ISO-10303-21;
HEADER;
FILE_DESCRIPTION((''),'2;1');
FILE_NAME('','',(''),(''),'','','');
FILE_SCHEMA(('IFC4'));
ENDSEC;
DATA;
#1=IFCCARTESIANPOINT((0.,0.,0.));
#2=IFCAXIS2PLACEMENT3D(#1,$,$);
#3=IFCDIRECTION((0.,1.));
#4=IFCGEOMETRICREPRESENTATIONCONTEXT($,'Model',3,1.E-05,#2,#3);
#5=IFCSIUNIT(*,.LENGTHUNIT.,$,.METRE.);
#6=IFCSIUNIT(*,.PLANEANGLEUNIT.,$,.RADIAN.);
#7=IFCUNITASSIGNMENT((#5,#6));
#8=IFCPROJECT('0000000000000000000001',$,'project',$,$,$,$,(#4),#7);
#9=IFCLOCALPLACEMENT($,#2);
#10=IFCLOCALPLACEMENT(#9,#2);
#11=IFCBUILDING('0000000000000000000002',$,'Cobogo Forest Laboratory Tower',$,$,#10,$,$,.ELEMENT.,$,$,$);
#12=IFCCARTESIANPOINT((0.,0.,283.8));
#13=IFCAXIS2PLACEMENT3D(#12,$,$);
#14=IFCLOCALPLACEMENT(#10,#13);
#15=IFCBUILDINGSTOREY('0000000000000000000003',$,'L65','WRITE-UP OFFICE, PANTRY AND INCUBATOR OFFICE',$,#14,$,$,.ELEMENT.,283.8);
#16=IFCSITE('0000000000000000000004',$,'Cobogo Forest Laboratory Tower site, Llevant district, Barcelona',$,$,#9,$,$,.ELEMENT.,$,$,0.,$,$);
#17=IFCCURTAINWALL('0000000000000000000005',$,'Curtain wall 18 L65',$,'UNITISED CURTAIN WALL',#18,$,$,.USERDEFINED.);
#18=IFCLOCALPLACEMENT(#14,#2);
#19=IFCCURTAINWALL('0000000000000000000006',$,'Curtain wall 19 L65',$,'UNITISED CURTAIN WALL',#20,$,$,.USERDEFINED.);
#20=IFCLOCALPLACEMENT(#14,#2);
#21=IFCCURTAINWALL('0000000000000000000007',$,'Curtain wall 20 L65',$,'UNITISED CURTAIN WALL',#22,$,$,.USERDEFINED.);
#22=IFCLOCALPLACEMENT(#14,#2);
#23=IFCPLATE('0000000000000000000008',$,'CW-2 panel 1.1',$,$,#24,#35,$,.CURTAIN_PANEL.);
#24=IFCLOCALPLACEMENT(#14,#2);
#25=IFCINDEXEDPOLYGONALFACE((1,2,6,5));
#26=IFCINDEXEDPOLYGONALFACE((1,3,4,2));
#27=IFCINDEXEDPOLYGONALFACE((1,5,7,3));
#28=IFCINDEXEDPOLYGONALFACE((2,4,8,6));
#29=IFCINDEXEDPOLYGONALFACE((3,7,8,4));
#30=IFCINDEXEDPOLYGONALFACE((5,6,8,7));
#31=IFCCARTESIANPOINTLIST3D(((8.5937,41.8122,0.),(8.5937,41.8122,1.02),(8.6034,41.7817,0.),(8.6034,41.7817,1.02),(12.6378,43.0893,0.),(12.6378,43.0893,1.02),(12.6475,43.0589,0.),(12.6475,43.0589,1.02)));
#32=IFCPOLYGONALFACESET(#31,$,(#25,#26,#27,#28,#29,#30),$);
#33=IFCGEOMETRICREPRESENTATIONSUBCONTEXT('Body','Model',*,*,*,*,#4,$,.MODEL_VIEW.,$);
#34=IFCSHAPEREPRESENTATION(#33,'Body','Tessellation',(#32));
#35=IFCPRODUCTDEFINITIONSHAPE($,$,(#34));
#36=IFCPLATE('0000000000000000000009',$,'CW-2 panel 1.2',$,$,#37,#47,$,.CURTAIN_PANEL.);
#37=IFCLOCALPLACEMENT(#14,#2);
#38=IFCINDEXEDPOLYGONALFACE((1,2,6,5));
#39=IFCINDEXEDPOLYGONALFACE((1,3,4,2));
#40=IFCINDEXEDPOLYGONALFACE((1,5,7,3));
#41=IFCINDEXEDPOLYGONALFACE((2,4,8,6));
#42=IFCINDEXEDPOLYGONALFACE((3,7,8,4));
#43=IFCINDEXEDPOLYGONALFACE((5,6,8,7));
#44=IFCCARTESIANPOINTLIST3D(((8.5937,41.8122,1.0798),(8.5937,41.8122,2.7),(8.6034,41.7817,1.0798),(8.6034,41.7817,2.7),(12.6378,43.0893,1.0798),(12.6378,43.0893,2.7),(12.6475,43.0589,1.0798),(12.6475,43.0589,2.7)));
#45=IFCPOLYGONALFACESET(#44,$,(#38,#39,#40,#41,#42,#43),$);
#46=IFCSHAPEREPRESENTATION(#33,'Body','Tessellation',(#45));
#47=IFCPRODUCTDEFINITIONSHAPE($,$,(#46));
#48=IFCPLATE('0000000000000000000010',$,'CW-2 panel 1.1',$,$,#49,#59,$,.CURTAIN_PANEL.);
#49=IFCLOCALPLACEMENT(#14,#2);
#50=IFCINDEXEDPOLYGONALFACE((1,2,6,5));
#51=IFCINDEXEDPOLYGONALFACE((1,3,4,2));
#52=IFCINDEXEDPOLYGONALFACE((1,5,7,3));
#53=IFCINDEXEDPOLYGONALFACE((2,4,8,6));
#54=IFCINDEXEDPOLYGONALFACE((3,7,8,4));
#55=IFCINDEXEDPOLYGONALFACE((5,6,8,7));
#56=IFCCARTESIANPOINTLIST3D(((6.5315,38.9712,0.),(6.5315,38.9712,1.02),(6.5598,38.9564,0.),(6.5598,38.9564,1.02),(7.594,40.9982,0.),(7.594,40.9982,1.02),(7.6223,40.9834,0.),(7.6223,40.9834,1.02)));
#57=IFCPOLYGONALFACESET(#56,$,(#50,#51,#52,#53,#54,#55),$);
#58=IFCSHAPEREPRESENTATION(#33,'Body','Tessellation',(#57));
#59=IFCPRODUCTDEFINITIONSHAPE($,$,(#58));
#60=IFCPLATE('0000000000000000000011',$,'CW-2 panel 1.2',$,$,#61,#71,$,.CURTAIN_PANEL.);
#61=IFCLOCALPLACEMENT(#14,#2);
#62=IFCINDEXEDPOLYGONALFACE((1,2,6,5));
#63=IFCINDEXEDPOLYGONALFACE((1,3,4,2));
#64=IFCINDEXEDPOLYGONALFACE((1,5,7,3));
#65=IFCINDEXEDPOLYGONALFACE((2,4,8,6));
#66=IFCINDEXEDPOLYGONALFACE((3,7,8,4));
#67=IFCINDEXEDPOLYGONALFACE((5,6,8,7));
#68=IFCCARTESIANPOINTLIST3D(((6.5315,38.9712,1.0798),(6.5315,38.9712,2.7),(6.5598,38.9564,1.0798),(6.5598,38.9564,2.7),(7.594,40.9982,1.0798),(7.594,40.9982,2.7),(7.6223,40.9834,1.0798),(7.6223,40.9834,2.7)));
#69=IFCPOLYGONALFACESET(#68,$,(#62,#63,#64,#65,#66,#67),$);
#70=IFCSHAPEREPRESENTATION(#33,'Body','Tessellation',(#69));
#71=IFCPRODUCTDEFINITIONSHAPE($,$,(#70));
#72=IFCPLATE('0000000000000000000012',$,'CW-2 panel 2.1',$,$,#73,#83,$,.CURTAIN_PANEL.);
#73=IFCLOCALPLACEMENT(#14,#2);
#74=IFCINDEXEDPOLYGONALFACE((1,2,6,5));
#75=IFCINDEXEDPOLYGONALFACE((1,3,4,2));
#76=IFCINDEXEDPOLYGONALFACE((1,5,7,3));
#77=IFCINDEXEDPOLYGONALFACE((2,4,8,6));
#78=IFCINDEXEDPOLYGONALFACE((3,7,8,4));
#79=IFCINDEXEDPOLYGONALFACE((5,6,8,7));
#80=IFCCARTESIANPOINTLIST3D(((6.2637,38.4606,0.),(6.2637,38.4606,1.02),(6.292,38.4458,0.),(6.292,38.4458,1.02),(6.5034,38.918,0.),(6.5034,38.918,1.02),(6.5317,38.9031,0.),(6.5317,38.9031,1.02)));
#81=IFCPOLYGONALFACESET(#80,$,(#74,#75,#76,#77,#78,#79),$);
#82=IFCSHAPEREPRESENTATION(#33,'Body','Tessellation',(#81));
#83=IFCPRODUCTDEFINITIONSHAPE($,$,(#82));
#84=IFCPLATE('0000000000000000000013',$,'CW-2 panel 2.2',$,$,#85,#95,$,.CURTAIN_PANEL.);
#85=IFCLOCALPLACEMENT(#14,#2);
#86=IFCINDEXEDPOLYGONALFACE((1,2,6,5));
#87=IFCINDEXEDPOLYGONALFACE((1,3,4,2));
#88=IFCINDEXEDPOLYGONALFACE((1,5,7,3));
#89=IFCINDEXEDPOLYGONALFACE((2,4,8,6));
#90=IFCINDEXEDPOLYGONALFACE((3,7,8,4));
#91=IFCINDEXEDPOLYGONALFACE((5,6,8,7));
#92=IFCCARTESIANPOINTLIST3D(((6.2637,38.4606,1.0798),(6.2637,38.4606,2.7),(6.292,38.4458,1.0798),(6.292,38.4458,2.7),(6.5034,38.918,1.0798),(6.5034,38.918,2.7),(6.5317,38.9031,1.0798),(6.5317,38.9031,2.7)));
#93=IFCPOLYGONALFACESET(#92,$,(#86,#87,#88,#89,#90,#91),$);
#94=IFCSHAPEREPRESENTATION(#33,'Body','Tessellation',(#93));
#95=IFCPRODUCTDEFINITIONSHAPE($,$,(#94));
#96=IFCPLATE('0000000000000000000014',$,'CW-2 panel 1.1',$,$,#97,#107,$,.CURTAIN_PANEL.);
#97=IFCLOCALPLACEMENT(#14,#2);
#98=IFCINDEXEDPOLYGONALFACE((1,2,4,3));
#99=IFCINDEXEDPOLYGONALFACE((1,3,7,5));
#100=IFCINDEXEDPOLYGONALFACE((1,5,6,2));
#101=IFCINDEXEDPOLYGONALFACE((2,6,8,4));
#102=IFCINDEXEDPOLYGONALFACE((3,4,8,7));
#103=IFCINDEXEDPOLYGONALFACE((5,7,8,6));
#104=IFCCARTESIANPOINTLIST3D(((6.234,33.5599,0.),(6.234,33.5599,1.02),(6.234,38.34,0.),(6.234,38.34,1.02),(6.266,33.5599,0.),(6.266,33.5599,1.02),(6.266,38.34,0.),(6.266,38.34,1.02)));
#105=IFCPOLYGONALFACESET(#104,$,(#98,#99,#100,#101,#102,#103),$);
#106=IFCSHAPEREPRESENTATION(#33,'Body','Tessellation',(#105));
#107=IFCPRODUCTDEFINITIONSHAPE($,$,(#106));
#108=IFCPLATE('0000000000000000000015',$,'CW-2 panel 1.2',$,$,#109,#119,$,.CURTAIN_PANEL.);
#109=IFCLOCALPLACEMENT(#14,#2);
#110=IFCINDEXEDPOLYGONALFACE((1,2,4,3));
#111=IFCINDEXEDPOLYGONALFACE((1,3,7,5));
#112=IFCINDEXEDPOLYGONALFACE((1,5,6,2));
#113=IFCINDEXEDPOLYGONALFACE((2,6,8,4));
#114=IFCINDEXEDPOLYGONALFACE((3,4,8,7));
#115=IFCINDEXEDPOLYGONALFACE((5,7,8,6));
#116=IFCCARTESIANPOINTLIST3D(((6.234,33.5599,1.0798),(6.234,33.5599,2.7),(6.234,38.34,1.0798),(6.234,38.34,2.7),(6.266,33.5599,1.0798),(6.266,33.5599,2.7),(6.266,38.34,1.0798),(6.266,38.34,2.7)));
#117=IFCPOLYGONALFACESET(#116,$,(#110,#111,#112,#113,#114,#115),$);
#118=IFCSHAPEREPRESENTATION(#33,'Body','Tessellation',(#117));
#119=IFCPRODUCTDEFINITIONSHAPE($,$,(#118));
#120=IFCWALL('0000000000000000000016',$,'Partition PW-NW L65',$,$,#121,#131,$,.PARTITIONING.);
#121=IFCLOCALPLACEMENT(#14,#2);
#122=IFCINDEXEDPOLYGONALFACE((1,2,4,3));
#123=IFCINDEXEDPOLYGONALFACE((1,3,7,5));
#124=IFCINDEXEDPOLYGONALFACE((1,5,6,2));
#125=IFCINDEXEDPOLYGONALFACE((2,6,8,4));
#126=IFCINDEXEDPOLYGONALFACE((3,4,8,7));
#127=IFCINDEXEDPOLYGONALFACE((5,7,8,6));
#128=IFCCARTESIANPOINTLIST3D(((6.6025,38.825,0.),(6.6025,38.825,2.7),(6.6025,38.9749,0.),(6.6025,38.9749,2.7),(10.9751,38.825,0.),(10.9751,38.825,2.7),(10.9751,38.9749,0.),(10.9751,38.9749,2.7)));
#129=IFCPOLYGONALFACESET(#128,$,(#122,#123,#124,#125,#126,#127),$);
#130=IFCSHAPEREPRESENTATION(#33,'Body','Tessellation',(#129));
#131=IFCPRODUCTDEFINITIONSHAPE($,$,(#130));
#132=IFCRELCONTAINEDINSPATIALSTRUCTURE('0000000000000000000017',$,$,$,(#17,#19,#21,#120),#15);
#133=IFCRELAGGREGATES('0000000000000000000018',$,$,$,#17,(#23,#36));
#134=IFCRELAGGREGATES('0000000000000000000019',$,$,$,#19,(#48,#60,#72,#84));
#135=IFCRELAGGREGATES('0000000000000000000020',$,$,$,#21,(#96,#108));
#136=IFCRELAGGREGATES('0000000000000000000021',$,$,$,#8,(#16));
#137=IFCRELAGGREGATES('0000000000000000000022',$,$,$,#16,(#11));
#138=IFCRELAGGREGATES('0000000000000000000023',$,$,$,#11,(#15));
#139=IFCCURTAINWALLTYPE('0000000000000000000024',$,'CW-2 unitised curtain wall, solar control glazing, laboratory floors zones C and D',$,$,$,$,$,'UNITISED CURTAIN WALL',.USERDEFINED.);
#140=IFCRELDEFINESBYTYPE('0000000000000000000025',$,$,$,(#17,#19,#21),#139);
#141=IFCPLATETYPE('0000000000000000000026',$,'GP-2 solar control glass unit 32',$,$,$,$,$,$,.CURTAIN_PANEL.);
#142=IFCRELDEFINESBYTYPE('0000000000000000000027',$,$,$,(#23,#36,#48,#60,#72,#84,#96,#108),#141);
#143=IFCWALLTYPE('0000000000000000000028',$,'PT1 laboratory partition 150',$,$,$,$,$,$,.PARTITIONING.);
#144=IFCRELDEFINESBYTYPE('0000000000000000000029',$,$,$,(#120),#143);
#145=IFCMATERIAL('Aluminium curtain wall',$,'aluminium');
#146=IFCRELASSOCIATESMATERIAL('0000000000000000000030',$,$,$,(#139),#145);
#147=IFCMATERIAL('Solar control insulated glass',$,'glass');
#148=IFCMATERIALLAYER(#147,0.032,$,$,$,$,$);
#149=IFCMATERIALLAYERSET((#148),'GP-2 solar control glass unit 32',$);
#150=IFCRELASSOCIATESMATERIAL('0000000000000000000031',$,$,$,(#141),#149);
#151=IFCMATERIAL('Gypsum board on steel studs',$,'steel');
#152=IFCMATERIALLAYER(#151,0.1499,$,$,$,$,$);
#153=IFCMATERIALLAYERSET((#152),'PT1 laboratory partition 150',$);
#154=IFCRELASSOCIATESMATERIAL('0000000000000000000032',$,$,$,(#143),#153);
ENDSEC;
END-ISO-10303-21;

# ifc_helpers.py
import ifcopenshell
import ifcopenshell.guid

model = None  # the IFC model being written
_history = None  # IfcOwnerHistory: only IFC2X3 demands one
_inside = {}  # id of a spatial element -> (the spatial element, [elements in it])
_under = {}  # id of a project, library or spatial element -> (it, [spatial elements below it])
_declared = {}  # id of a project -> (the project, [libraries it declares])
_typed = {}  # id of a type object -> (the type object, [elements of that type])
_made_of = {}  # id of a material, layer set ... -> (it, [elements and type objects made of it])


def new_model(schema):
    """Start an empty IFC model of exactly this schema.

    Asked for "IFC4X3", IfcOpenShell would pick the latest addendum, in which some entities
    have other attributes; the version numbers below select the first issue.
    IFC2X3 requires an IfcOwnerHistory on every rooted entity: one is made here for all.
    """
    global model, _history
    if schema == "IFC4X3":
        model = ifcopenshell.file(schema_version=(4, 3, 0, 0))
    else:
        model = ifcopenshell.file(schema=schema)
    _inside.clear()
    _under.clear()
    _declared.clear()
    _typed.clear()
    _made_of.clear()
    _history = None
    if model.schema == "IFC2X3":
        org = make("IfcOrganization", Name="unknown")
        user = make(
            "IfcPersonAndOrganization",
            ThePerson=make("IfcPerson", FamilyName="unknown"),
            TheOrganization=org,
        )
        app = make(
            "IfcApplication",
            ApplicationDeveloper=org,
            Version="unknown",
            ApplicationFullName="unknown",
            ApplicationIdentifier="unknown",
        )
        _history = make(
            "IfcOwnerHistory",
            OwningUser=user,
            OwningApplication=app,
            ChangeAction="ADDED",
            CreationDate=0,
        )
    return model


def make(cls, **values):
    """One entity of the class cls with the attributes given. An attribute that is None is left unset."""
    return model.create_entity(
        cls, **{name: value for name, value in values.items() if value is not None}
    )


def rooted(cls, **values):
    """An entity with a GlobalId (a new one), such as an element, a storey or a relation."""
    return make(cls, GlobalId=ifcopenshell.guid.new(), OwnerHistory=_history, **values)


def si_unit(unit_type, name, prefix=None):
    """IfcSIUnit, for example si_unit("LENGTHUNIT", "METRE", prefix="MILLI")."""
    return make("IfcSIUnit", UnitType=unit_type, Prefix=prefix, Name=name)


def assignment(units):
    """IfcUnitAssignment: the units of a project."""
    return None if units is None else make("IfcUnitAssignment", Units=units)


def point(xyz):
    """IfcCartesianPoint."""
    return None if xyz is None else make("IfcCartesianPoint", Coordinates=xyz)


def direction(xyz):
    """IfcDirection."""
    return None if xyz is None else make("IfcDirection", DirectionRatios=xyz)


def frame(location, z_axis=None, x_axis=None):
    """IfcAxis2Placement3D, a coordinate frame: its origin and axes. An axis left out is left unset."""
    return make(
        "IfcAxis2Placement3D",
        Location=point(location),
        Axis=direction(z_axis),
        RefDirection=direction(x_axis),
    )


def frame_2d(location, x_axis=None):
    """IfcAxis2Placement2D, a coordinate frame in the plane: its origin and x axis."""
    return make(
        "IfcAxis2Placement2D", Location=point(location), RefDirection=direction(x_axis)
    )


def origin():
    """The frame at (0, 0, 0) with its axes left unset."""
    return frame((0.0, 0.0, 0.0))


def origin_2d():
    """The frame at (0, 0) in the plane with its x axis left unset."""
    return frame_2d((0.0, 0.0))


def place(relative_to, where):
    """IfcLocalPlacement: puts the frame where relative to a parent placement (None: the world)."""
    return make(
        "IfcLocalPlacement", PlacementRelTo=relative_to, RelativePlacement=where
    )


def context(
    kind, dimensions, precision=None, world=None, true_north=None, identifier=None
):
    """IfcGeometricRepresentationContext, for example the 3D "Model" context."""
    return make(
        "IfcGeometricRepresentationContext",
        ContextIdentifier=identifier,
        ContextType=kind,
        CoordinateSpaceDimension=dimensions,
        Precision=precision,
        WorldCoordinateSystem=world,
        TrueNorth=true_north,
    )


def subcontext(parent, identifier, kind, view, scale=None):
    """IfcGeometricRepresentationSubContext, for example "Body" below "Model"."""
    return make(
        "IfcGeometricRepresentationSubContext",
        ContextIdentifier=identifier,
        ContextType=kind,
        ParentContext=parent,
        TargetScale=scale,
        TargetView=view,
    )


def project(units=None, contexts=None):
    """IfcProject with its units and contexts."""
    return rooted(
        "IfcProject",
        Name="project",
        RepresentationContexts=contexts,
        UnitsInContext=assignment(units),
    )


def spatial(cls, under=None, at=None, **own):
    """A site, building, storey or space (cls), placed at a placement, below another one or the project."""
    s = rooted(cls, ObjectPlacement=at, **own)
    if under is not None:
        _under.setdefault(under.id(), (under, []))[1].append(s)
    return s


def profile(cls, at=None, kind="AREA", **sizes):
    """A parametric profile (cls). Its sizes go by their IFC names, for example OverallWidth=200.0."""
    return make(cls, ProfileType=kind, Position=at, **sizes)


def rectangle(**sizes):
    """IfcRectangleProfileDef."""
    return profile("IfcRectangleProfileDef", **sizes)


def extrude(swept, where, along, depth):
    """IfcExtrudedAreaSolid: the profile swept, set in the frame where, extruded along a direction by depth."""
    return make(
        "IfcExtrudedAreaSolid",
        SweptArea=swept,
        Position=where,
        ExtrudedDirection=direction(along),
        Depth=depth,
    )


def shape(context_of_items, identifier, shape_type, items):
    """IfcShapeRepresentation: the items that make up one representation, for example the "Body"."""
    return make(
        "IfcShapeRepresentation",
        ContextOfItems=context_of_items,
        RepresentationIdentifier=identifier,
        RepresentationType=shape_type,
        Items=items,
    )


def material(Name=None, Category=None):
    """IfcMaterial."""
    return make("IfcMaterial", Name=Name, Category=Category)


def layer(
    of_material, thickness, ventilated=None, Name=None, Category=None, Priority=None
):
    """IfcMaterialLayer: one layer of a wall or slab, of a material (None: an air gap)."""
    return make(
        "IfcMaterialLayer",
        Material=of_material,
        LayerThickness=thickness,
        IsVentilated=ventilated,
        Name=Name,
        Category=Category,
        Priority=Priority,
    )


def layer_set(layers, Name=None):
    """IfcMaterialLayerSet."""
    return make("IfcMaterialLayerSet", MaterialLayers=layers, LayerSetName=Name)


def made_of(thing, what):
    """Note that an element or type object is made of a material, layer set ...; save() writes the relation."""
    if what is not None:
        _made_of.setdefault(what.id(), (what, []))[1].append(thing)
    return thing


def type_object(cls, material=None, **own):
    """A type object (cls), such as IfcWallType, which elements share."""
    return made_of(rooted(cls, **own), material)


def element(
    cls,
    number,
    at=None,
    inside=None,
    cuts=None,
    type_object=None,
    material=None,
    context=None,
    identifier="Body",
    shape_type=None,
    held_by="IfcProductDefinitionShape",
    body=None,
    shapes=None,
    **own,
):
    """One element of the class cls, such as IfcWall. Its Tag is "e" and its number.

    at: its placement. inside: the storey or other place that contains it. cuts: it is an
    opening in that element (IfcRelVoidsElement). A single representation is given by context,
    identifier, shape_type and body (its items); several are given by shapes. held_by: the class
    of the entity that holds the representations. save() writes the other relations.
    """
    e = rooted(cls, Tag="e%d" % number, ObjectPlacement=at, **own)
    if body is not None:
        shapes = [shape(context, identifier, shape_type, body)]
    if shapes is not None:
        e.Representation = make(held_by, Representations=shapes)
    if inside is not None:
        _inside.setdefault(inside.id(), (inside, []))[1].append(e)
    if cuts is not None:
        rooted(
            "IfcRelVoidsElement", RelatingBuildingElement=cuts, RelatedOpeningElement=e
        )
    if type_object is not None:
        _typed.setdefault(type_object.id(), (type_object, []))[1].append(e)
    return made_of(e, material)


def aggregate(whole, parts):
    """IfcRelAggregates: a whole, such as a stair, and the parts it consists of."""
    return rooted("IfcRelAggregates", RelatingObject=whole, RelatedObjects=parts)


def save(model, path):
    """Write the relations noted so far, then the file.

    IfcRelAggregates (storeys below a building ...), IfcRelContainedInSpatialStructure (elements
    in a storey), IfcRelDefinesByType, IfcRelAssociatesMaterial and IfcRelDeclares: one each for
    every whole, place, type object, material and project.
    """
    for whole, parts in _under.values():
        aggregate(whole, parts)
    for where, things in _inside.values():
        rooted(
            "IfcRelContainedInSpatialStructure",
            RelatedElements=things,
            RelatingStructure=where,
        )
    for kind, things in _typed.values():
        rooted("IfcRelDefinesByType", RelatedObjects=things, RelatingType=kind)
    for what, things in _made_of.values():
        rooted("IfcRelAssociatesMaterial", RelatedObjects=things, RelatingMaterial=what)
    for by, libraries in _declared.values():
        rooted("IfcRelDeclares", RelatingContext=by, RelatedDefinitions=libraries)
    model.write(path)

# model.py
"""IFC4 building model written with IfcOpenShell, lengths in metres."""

from ifc_helpers import new_model, si_unit, direction, frame, frame_2d, origin, origin_2d, place, context, subcontext, project, spatial, rectangle, extrude, material, layer, layer_set, type_object, element, aggregate, save


model = new_model("IFC4")

# Units and contexts
model_context = context("Model", 3, precision=1e-05, world=origin(), true_north=direction((0.0, 1.0)))
body_context = subcontext(model_context, "Body", "Model", "MODEL_VIEW")
ifc_project = project(units=[si_unit("LENGTHUNIT", "METRE"), si_unit("PLANEANGLEUNIT", "RADIAN")], contexts=[model_context])

# Site, building, storey
site_placement = place(None, origin())
site = spatial("IfcSite", under=ifc_project, at=site_placement, Name="Cobogo Forest Laboratory Tower site, Llevant district, Barcelona", CompositionType="ELEMENT", RefElevation=0.0)
building_placement = place(site_placement, origin())
building = spatial("IfcBuilding", under=site, at=building_placement, Name="Cobogo Forest Laboratory Tower", CompositionType="ELEMENT")
storey_placement = place(building_placement, frame((0.0, 0.0, 283.8)))
storey = spatial("IfcBuildingStorey", under=building, at=storey_placement, Name="L65", Description="WRITE-UP OFFICE, PANTRY AND INCUBATOR OFFICE", CompositionType="ELEMENT", Elevation=283.8)

# Curtain wall
ifc_material_1 = material(Name="Aluminium curtain wall", Category="aluminium")
curtain_wall_type = type_object("IfcCurtainWallType", Name="CW-2 unitised curtain wall, solar control glazing, laboratory floors zones C and D", ElementType="UNITISED CURTAIN WALL", PredefinedType="USERDEFINED", material=ifc_material_1)
curtain_wall_1_placement = place(storey_placement, origin())
curtain_wall_1 = element("IfcCurtainWall", 1, at=curtain_wall_1_placement, inside=storey, type_object=curtain_wall_type, Name="Curtain wall 18 L65", ObjectType="UNITISED CURTAIN WALL", PredefinedType="USERDEFINED")

# Curtain walls
curtain_wall_2_placement = place(storey_placement, origin())
curtain_wall_2 = element("IfcCurtainWall", 2, at=curtain_wall_2_placement, inside=storey, type_object=curtain_wall_type, Name="Curtain wall 19 L65", ObjectType="UNITISED CURTAIN WALL", PredefinedType="USERDEFINED")
curtain_wall_3_placement = place(storey_placement, origin())
curtain_wall_3 = element("IfcCurtainWall", 3, at=curtain_wall_3_placement, inside=storey, type_object=curtain_wall_type, Name="Curtain wall 20 L65", ObjectType="UNITISED CURTAIN WALL", PredefinedType="USERDEFINED")

# Plates
ifc_material_2 = material(Name="Solar control insulated glass", Category="glass")
ifc_layer_1 = layer(ifc_material_2, 0.032)
ifc_layer_set_1 = layer_set([ifc_layer_1], Name="GP-2 solar control glass unit 32")
plate_type = type_object("IfcPlateType", Name="GP-2 solar control glass unit 32", PredefinedType="CURTAIN_PANEL", material=ifc_layer_set_1)
plate_1_placement = place(storey_placement, frame((10.6206, 42.4355, 0.0), z_axis=(0.0, 0.0, 1.0), x_axis=(-0.953581, -0.301135, 0.0)))
plate_1 = element("IfcPlate", 4, at=plate_1_placement, type_object=plate_type, Name="CW-2 panel 1.1", PredefinedType="CURTAIN_PANEL", context=body_context, shape_type="SweptSolid", body=[
    extrude(rectangle(XDim=4.241, YDim=0.032, at=origin_2d()), origin(), (0.0, 0.0, 1.0), 1.02),
])
plate_2_placement = place(storey_placement, frame((10.6206, 42.4355, 1.0798), z_axis=(0.0, 0.0, 1.0), x_axis=(-0.953581, -0.301135, 0.0)))
plate_2 = element("IfcPlate", 5, at=plate_2_placement, type_object=plate_type, Name="CW-2 panel 1.2", PredefinedType="CURTAIN_PANEL", context=body_context, shape_type="SweptSolid", body=[
    extrude(rectangle(XDim=4.241, YDim=0.032, at=origin_2d()), origin(), (0.0, 0.0, 1.0), 1.6201),
])
aggregate(curtain_wall_1, [plate_1, plate_2])
plate_3_placement = place(storey_placement, frame((7.0769, 39.9773, 0.0), z_axis=(0.0, 0.0, 1.0), x_axis=(-0.464284, -0.885686, 0.0)))
plate_3 = element("IfcPlate", 6, at=plate_3_placement, type_object=plate_type, Name="CW-2 panel 1.1", PredefinedType="CURTAIN_PANEL", context=body_context, shape_type="SweptSolid", body=[
    extrude(rectangle(XDim=2.2886, YDim=0.032, at=origin_2d()), origin(), (0.0, 0.0, 1.0), 1.02),
])
plate_4_placement = place(storey_placement, frame((7.0769, 39.9773, 1.0798), z_axis=(0.0, 0.0, 1.0), x_axis=(-0.464284, -0.885686, 0.0)))
plate_4 = element("IfcPlate", 7, at=plate_4_placement, type_object=plate_type, Name="CW-2 panel 1.2", PredefinedType="CURTAIN_PANEL", context=body_context, shape_type="SweptSolid", body=[
    extrude(rectangle(XDim=2.2886, YDim=0.032, at=origin_2d()), origin(), (0.0, 0.0, 1.0), 1.6201),
])
plate_5_placement = place(storey_placement, frame((6.3977, 38.6819, 0.0), z_axis=(0.0, 0.0, 1.0), x_axis=(-0.464284, -0.885686, 0.0)))
plate_5 = element("IfcPlate", 8, at=plate_5_placement, type_object=plate_type, Name="CW-2 panel 2.1", PredefinedType="CURTAIN_PANEL", context=body_context, shape_type="SweptSolid", body=[
    extrude(rectangle(XDim=0.5164, YDim=0.032, at=origin_2d()), origin(), (0.0, 0.0, 1.0), 1.02),
])
plate_6_placement = place(storey_placement, frame((6.3977, 38.6819, 1.0798), z_axis=(0.0, 0.0, 1.0), x_axis=(-0.464284, -0.885686, 0.0)))
plate_6 = element("IfcPlate", 9, at=plate_6_placement, type_object=plate_type, Name="CW-2 panel 2.2", PredefinedType="CURTAIN_PANEL", context=body_context, shape_type="SweptSolid", body=[
    extrude(rectangle(XDim=0.5164, YDim=0.032, at=origin_2d()), origin(), (0.0, 0.0, 1.0), 1.6201),
])
aggregate(curtain_wall_2, [plate_3, plate_4, plate_5, plate_6])
plate_7_placement = place(storey_placement, frame((6.25, 35.95, 0.0), z_axis=(0.0, 0.0, 1.0), x_axis=(0.0, -1.0, 0.0)))
plate_7 = element("IfcPlate", 10, at=plate_7_placement, type_object=plate_type, Name="CW-2 panel 1.1", PredefinedType="CURTAIN_PANEL", context=body_context, shape_type="SweptSolid", body=[
    extrude(rectangle(XDim=4.78, YDim=0.032, at=origin_2d()), origin(), (0.0, 0.0, 1.0), 1.02),
])
plate_8_placement = place(storey_placement, frame((6.25, 35.95, 1.0798), z_axis=(0.0, 0.0, 1.0), x_axis=(0.0, -1.0, 0.0)))
plate_8 = element("IfcPlate", 11, at=plate_8_placement, type_object=plate_type, Name="CW-2 panel 1.2", PredefinedType="CURTAIN_PANEL", context=body_context, shape_type="SweptSolid", body=[
    extrude(rectangle(XDim=4.78, YDim=0.032, at=origin_2d()), origin(), (0.0, 0.0, 1.0), 1.6201),
])
aggregate(curtain_wall_3, [plate_7, plate_8])

# Wall
ifc_material_3 = material(Name="Gypsum board on steel studs", Category="steel")
ifc_layer_2 = layer(ifc_material_3, 0.1499)
ifc_layer_set_2 = layer_set([ifc_layer_2], Name="PT1 laboratory partition 150")
wall_type_1 = type_object("IfcWallType", Name="PT1 laboratory partition 150", PredefinedType="PARTITIONING", material=ifc_layer_set_2)
wall_1_placement = place(storey_placement, frame((6.6025, 38.8999, 0.0), z_axis=(0.0, 0.0, 1.0), x_axis=(1.0, 0.0, 0.0)))
element("IfcWall", 12, at=wall_1_placement, inside=storey, type_object=wall_type_1, Name="Partition PW-NW L65", PredefinedType="PARTITIONING", context=body_context, shape_type="SweptSolid", body=[
    extrude(rectangle(XDim=4.3726, YDim=0.1499, at=frame_2d((2.1863, 0.0))), origin(), (0.0, 0.0, 1.0), 2.7),
])

save(model, "model.ifc")
